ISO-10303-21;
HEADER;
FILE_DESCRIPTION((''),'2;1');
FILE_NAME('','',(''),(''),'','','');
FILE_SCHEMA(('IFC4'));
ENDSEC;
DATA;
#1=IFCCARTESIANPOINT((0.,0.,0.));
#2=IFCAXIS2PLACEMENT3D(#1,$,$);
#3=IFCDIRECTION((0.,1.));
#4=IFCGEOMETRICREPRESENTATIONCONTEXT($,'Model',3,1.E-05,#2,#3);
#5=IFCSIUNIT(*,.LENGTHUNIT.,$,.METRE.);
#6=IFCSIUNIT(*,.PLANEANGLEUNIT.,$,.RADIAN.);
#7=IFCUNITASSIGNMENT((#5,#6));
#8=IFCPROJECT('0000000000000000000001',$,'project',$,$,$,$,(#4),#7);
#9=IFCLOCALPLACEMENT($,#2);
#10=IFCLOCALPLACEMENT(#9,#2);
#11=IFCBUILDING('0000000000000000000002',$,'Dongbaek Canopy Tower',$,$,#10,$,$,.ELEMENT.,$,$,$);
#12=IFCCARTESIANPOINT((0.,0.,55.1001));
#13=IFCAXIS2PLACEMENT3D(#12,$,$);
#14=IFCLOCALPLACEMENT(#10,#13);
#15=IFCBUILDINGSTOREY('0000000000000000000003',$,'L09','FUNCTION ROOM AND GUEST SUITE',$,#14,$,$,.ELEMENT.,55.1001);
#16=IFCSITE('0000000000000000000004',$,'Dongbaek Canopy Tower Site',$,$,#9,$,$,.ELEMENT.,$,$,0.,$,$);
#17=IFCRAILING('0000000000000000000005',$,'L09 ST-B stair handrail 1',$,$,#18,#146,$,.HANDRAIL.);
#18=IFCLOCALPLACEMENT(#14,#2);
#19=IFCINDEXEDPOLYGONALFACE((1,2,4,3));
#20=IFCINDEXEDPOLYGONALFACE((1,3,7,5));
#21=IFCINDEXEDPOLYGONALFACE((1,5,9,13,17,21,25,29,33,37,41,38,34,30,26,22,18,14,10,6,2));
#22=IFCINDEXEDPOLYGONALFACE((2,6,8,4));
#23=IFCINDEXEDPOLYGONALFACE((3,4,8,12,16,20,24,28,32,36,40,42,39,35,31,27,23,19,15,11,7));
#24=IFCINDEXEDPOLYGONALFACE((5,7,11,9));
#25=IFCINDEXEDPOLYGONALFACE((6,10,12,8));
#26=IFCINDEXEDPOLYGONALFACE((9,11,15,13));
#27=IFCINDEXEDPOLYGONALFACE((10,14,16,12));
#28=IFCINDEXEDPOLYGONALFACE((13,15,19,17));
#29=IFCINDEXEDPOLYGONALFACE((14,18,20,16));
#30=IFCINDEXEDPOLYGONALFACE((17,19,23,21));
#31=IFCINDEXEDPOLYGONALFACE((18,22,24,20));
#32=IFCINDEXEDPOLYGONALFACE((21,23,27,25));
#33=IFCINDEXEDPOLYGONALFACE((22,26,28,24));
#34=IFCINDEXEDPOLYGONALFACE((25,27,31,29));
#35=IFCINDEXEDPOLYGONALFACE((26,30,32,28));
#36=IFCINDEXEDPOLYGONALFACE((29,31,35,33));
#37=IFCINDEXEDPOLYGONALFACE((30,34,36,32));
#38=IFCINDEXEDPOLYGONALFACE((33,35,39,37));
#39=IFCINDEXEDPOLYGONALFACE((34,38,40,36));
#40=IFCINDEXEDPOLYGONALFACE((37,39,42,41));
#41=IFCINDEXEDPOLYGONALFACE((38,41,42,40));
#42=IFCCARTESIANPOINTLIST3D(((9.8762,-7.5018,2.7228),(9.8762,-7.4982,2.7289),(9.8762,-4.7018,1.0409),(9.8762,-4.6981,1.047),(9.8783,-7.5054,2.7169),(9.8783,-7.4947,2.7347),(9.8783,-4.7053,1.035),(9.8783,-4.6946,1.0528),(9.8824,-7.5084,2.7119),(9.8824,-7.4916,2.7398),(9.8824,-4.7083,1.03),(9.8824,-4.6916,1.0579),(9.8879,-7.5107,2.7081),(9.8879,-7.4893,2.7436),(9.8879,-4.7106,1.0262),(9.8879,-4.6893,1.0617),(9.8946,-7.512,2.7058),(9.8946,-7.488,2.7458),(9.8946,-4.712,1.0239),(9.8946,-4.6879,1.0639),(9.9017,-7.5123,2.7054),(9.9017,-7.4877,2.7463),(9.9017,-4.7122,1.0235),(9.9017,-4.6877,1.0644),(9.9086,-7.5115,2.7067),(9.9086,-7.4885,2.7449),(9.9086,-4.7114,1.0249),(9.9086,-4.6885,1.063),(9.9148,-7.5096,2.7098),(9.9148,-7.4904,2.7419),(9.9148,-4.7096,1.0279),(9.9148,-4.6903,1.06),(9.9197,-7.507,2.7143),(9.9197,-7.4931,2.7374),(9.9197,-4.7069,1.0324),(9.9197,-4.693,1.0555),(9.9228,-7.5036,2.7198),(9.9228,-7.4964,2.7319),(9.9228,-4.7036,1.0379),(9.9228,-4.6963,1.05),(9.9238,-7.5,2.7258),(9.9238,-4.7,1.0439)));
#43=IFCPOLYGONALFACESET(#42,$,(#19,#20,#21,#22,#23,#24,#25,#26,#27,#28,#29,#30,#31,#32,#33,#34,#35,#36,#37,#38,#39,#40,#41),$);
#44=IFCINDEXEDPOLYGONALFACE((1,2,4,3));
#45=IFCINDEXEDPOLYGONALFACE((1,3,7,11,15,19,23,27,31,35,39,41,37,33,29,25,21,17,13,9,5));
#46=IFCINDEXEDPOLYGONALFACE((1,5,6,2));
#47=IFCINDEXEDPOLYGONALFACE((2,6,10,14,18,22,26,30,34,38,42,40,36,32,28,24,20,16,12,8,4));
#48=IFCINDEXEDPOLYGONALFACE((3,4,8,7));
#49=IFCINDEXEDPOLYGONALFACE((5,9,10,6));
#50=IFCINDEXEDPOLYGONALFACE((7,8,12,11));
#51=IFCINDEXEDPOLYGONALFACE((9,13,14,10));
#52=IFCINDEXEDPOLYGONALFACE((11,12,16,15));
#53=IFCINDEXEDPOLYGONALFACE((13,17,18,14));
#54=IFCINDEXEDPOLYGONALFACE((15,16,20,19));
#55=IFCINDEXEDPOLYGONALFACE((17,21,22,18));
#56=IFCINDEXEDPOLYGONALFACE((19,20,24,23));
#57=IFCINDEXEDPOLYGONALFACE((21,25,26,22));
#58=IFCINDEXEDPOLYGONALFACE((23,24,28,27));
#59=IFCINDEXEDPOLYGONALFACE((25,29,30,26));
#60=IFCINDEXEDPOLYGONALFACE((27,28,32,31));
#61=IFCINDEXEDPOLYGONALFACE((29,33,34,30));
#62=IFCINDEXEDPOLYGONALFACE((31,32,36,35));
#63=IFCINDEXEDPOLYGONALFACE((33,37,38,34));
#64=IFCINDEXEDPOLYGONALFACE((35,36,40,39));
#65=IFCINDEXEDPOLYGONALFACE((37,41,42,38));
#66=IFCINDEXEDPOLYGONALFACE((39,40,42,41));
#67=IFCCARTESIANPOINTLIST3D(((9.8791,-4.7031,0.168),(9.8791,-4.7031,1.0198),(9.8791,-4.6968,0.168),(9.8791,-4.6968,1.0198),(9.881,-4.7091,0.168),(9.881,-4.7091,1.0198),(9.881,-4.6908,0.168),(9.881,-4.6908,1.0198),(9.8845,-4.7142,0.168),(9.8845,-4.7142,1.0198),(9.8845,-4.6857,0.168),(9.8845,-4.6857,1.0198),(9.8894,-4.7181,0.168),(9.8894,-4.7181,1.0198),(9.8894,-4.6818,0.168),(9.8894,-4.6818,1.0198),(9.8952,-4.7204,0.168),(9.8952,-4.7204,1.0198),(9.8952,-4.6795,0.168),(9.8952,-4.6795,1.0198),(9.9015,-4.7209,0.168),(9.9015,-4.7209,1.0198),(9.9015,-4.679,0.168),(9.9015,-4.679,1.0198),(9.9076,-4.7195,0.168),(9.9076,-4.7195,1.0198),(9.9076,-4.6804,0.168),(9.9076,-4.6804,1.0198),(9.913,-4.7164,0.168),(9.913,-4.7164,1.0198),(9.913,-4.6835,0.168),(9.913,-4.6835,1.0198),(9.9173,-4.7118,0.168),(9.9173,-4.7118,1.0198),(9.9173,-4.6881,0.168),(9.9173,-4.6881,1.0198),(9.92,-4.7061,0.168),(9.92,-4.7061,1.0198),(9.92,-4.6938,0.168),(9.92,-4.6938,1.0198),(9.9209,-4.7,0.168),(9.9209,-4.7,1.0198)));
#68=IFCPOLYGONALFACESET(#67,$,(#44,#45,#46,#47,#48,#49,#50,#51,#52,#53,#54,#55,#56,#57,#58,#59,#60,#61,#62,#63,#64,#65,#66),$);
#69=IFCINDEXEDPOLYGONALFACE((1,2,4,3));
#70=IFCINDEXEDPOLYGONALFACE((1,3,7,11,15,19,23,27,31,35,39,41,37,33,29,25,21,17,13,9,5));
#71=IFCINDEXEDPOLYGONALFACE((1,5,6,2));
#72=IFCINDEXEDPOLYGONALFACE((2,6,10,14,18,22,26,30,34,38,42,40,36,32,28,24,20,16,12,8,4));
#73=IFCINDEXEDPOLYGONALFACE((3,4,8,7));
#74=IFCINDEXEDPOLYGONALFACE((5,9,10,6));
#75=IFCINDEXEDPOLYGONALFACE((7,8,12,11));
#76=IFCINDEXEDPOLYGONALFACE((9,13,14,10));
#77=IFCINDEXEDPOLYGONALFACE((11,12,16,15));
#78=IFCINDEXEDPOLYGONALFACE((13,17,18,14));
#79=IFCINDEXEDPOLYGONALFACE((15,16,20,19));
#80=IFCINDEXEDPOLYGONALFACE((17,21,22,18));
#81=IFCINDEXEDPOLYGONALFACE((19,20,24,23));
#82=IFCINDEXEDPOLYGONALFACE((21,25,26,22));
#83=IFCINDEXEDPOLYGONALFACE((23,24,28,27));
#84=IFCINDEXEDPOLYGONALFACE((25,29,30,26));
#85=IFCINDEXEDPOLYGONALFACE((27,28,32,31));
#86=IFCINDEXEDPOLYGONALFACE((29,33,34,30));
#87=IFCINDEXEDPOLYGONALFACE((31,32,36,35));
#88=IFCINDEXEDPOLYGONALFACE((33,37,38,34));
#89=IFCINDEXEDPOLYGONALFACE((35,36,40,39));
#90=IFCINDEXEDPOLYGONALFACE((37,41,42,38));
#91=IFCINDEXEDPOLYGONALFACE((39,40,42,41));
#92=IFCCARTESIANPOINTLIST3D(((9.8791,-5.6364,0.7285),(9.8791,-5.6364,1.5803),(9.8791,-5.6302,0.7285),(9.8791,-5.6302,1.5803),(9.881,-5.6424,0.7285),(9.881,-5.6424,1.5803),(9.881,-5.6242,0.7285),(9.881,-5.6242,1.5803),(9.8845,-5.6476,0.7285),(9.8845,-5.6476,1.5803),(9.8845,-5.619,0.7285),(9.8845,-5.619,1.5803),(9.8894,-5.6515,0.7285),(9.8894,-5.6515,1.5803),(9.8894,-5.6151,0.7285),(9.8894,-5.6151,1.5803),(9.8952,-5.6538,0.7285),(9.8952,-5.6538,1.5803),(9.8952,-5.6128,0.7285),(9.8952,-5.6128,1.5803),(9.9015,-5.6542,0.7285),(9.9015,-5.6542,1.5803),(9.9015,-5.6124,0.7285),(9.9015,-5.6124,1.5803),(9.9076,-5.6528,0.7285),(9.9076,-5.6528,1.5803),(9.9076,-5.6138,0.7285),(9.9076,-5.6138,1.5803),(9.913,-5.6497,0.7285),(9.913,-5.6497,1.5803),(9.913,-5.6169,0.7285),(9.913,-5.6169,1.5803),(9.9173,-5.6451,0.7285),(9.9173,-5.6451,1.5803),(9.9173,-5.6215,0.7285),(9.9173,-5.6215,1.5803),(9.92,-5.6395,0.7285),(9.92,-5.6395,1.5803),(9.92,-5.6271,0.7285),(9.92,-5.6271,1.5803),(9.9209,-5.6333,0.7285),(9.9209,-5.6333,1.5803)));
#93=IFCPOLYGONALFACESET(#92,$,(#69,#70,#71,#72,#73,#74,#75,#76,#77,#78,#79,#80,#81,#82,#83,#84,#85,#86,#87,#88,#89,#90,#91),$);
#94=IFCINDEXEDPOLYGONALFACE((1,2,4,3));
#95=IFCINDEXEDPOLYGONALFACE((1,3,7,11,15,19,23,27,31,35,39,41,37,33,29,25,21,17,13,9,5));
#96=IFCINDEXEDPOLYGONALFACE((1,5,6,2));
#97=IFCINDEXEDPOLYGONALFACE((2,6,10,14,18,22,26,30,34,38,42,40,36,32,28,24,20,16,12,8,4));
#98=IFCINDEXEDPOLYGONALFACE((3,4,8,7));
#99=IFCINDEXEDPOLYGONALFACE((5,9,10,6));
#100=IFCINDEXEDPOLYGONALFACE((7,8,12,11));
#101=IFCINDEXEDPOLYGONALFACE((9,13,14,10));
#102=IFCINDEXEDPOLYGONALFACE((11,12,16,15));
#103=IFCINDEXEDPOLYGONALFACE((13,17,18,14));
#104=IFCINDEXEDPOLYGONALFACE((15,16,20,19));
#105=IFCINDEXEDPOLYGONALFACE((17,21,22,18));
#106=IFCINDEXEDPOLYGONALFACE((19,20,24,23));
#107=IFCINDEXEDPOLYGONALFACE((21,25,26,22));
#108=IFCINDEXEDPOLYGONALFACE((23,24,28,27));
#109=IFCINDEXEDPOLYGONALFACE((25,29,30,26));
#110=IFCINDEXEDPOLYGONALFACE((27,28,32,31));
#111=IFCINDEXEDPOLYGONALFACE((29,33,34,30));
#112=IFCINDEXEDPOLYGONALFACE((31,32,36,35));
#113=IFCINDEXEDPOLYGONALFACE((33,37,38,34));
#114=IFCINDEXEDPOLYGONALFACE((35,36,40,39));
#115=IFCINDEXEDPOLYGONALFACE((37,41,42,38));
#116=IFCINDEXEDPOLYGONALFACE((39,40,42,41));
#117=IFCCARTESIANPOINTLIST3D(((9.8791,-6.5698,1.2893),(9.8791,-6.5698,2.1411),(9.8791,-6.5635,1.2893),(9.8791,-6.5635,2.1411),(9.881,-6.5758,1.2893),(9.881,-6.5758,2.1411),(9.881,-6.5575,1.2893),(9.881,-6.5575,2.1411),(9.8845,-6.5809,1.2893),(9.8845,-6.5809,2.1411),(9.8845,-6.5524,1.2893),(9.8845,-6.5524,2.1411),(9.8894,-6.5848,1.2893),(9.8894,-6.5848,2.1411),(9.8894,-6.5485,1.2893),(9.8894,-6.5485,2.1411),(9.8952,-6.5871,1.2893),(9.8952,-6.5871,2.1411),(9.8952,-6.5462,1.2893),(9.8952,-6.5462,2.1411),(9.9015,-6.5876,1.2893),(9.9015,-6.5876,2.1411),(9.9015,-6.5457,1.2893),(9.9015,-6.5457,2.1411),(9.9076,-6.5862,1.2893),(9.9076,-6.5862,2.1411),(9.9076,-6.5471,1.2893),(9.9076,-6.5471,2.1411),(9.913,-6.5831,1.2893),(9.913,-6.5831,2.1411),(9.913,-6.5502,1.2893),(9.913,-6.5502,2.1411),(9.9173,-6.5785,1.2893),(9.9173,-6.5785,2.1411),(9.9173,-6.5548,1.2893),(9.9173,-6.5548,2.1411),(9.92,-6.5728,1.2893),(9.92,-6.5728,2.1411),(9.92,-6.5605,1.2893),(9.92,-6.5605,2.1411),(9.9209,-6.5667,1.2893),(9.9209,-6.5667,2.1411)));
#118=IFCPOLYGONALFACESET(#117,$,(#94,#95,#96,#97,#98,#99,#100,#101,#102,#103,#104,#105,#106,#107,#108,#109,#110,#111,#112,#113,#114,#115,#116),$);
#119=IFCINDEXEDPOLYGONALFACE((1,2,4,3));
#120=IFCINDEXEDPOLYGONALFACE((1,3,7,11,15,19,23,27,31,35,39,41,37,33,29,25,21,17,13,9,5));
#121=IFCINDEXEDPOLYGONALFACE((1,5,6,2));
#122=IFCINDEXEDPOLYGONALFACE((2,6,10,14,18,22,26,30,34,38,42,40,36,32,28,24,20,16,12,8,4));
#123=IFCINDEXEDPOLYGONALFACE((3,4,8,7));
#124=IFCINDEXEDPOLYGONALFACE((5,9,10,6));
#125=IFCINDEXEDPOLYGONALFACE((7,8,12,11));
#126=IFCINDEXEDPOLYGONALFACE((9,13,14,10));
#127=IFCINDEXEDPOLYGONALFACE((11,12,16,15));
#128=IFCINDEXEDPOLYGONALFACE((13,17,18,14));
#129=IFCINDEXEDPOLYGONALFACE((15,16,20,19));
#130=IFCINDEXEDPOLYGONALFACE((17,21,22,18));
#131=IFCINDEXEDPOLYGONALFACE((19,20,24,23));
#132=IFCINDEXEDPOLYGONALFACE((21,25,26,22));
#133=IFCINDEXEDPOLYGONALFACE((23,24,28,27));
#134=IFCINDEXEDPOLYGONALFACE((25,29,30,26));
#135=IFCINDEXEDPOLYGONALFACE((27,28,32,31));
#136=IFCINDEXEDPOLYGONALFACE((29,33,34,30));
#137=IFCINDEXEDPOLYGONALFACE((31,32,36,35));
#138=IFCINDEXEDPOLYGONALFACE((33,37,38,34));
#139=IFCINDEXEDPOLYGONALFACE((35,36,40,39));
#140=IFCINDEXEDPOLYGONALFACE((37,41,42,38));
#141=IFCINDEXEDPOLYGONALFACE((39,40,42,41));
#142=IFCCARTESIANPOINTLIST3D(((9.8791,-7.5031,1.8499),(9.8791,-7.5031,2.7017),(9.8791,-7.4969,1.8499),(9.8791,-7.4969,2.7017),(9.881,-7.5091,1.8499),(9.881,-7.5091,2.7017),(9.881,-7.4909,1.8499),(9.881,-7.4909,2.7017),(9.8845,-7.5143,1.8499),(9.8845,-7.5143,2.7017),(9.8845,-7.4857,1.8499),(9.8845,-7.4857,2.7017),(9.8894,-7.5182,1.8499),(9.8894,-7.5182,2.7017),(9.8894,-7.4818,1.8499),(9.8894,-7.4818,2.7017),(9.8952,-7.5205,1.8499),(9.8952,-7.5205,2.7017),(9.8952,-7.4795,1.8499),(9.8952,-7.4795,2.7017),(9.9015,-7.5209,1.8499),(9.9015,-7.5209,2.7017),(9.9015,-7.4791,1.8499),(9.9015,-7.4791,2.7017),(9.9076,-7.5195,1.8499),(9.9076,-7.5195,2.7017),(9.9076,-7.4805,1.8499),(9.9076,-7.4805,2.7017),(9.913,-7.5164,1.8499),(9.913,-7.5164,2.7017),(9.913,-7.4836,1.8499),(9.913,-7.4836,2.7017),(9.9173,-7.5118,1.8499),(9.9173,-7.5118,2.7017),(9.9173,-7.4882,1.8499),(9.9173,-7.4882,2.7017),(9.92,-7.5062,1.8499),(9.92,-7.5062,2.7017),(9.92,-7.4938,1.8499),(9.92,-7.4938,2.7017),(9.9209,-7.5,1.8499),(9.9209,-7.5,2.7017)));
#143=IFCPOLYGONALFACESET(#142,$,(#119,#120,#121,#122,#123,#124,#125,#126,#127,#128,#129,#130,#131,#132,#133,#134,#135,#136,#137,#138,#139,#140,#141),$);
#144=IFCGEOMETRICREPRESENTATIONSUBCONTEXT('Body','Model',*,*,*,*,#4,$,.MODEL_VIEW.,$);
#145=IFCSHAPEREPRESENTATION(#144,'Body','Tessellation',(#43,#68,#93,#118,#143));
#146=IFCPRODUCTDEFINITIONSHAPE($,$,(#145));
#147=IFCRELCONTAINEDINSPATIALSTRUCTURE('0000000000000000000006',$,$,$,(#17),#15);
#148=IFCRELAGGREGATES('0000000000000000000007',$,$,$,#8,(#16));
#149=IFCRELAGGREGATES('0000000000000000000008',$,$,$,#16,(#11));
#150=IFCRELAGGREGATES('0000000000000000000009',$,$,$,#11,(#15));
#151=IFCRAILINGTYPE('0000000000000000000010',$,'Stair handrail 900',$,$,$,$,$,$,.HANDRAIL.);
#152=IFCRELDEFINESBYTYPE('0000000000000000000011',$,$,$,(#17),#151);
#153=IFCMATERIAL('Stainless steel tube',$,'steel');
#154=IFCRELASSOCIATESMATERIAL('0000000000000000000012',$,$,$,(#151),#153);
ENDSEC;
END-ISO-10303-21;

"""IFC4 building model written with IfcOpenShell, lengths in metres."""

from ifc_helpers import new_model, si_unit, direction, frame, origin, origin_2d, place, context, subcontext, project, spatial, circle, extrude, material, type_object, element, save


model = new_model("IFC4")

# Units and contexts
model_context = context("Model", 3, precision=1e-05, world=origin(), true_north=direction((0.0, 1.0)))
body_context = subcontext(model_context, "Body", "Model", "MODEL_VIEW")
ifc_project = project(units=[si_unit("LENGTHUNIT", "METRE"), si_unit("PLANEANGLEUNIT", "RADIAN")], contexts=[model_context])

# Site, building, storey
site_placement = place(None, origin())
site = spatial("IfcSite", under=ifc_project, at=site_placement, Name="Dongbaek Canopy Tower Site", CompositionType="ELEMENT", RefElevation=0.0)
building_placement = place(site_placement, origin())
building = spatial("IfcBuilding", under=site, at=building_placement, Name="Dongbaek Canopy Tower", CompositionType="ELEMENT")
storey_placement = place(building_placement, frame((0.0, 0.0, 55.1001)))
storey = spatial("IfcBuildingStorey", under=building, at=storey_placement, Name="L09", Description="FUNCTION ROOM AND GUEST SUITE", CompositionType="ELEMENT", Elevation=55.1001)

# Railing
ifc_material_1 = material(Name="Stainless steel tube", Category="steel")
railing_type_1 = type_object("IfcRailingType", Name="Stair handrail 900", PredefinedType="HANDRAIL", material=ifc_material_1)
railing_1_placement = place(storey_placement, frame((9.8999, -4.7, 0.168)))
element("IfcRailing", 1, at=railing_1_placement, inside=storey, type_object=railing_type_1, Name="L09 ST-B stair handrail 1", PredefinedType="HANDRAIL", context=body_context, shape_type="SweptSolid", body=[
    extrude(circle(Radius=0.0239, at=origin_2d()), frame((0.0, 0.0, 0.876), z_axis=(0.0, -0.857242, 0.514913), x_axis=(1.0, 0.0, 0.0)), (0.0, 0.0, 1.0), 3.2664),
    extrude(circle(Radius=0.021, at=origin_2d()), origin(), (0.0, 0.0, 1.0), 0.8518),
    extrude(circle(Radius=0.021, at=origin_2d()), frame((0.0, -0.9333, 0.5605)), (0.0, 0.0, 1.0), 0.8518),
    extrude(circle(Radius=0.021, at=origin_2d()), frame((0.0, -1.8667, 1.1213)), (0.0, 0.0, 1.0), 0.8518),
    extrude(circle(Radius=0.021, at=origin_2d()), frame((0.0, -2.8, 1.6819)), (0.0, 0.0, 1.0), 0.8518),
])

save(model, "model.ifc")
